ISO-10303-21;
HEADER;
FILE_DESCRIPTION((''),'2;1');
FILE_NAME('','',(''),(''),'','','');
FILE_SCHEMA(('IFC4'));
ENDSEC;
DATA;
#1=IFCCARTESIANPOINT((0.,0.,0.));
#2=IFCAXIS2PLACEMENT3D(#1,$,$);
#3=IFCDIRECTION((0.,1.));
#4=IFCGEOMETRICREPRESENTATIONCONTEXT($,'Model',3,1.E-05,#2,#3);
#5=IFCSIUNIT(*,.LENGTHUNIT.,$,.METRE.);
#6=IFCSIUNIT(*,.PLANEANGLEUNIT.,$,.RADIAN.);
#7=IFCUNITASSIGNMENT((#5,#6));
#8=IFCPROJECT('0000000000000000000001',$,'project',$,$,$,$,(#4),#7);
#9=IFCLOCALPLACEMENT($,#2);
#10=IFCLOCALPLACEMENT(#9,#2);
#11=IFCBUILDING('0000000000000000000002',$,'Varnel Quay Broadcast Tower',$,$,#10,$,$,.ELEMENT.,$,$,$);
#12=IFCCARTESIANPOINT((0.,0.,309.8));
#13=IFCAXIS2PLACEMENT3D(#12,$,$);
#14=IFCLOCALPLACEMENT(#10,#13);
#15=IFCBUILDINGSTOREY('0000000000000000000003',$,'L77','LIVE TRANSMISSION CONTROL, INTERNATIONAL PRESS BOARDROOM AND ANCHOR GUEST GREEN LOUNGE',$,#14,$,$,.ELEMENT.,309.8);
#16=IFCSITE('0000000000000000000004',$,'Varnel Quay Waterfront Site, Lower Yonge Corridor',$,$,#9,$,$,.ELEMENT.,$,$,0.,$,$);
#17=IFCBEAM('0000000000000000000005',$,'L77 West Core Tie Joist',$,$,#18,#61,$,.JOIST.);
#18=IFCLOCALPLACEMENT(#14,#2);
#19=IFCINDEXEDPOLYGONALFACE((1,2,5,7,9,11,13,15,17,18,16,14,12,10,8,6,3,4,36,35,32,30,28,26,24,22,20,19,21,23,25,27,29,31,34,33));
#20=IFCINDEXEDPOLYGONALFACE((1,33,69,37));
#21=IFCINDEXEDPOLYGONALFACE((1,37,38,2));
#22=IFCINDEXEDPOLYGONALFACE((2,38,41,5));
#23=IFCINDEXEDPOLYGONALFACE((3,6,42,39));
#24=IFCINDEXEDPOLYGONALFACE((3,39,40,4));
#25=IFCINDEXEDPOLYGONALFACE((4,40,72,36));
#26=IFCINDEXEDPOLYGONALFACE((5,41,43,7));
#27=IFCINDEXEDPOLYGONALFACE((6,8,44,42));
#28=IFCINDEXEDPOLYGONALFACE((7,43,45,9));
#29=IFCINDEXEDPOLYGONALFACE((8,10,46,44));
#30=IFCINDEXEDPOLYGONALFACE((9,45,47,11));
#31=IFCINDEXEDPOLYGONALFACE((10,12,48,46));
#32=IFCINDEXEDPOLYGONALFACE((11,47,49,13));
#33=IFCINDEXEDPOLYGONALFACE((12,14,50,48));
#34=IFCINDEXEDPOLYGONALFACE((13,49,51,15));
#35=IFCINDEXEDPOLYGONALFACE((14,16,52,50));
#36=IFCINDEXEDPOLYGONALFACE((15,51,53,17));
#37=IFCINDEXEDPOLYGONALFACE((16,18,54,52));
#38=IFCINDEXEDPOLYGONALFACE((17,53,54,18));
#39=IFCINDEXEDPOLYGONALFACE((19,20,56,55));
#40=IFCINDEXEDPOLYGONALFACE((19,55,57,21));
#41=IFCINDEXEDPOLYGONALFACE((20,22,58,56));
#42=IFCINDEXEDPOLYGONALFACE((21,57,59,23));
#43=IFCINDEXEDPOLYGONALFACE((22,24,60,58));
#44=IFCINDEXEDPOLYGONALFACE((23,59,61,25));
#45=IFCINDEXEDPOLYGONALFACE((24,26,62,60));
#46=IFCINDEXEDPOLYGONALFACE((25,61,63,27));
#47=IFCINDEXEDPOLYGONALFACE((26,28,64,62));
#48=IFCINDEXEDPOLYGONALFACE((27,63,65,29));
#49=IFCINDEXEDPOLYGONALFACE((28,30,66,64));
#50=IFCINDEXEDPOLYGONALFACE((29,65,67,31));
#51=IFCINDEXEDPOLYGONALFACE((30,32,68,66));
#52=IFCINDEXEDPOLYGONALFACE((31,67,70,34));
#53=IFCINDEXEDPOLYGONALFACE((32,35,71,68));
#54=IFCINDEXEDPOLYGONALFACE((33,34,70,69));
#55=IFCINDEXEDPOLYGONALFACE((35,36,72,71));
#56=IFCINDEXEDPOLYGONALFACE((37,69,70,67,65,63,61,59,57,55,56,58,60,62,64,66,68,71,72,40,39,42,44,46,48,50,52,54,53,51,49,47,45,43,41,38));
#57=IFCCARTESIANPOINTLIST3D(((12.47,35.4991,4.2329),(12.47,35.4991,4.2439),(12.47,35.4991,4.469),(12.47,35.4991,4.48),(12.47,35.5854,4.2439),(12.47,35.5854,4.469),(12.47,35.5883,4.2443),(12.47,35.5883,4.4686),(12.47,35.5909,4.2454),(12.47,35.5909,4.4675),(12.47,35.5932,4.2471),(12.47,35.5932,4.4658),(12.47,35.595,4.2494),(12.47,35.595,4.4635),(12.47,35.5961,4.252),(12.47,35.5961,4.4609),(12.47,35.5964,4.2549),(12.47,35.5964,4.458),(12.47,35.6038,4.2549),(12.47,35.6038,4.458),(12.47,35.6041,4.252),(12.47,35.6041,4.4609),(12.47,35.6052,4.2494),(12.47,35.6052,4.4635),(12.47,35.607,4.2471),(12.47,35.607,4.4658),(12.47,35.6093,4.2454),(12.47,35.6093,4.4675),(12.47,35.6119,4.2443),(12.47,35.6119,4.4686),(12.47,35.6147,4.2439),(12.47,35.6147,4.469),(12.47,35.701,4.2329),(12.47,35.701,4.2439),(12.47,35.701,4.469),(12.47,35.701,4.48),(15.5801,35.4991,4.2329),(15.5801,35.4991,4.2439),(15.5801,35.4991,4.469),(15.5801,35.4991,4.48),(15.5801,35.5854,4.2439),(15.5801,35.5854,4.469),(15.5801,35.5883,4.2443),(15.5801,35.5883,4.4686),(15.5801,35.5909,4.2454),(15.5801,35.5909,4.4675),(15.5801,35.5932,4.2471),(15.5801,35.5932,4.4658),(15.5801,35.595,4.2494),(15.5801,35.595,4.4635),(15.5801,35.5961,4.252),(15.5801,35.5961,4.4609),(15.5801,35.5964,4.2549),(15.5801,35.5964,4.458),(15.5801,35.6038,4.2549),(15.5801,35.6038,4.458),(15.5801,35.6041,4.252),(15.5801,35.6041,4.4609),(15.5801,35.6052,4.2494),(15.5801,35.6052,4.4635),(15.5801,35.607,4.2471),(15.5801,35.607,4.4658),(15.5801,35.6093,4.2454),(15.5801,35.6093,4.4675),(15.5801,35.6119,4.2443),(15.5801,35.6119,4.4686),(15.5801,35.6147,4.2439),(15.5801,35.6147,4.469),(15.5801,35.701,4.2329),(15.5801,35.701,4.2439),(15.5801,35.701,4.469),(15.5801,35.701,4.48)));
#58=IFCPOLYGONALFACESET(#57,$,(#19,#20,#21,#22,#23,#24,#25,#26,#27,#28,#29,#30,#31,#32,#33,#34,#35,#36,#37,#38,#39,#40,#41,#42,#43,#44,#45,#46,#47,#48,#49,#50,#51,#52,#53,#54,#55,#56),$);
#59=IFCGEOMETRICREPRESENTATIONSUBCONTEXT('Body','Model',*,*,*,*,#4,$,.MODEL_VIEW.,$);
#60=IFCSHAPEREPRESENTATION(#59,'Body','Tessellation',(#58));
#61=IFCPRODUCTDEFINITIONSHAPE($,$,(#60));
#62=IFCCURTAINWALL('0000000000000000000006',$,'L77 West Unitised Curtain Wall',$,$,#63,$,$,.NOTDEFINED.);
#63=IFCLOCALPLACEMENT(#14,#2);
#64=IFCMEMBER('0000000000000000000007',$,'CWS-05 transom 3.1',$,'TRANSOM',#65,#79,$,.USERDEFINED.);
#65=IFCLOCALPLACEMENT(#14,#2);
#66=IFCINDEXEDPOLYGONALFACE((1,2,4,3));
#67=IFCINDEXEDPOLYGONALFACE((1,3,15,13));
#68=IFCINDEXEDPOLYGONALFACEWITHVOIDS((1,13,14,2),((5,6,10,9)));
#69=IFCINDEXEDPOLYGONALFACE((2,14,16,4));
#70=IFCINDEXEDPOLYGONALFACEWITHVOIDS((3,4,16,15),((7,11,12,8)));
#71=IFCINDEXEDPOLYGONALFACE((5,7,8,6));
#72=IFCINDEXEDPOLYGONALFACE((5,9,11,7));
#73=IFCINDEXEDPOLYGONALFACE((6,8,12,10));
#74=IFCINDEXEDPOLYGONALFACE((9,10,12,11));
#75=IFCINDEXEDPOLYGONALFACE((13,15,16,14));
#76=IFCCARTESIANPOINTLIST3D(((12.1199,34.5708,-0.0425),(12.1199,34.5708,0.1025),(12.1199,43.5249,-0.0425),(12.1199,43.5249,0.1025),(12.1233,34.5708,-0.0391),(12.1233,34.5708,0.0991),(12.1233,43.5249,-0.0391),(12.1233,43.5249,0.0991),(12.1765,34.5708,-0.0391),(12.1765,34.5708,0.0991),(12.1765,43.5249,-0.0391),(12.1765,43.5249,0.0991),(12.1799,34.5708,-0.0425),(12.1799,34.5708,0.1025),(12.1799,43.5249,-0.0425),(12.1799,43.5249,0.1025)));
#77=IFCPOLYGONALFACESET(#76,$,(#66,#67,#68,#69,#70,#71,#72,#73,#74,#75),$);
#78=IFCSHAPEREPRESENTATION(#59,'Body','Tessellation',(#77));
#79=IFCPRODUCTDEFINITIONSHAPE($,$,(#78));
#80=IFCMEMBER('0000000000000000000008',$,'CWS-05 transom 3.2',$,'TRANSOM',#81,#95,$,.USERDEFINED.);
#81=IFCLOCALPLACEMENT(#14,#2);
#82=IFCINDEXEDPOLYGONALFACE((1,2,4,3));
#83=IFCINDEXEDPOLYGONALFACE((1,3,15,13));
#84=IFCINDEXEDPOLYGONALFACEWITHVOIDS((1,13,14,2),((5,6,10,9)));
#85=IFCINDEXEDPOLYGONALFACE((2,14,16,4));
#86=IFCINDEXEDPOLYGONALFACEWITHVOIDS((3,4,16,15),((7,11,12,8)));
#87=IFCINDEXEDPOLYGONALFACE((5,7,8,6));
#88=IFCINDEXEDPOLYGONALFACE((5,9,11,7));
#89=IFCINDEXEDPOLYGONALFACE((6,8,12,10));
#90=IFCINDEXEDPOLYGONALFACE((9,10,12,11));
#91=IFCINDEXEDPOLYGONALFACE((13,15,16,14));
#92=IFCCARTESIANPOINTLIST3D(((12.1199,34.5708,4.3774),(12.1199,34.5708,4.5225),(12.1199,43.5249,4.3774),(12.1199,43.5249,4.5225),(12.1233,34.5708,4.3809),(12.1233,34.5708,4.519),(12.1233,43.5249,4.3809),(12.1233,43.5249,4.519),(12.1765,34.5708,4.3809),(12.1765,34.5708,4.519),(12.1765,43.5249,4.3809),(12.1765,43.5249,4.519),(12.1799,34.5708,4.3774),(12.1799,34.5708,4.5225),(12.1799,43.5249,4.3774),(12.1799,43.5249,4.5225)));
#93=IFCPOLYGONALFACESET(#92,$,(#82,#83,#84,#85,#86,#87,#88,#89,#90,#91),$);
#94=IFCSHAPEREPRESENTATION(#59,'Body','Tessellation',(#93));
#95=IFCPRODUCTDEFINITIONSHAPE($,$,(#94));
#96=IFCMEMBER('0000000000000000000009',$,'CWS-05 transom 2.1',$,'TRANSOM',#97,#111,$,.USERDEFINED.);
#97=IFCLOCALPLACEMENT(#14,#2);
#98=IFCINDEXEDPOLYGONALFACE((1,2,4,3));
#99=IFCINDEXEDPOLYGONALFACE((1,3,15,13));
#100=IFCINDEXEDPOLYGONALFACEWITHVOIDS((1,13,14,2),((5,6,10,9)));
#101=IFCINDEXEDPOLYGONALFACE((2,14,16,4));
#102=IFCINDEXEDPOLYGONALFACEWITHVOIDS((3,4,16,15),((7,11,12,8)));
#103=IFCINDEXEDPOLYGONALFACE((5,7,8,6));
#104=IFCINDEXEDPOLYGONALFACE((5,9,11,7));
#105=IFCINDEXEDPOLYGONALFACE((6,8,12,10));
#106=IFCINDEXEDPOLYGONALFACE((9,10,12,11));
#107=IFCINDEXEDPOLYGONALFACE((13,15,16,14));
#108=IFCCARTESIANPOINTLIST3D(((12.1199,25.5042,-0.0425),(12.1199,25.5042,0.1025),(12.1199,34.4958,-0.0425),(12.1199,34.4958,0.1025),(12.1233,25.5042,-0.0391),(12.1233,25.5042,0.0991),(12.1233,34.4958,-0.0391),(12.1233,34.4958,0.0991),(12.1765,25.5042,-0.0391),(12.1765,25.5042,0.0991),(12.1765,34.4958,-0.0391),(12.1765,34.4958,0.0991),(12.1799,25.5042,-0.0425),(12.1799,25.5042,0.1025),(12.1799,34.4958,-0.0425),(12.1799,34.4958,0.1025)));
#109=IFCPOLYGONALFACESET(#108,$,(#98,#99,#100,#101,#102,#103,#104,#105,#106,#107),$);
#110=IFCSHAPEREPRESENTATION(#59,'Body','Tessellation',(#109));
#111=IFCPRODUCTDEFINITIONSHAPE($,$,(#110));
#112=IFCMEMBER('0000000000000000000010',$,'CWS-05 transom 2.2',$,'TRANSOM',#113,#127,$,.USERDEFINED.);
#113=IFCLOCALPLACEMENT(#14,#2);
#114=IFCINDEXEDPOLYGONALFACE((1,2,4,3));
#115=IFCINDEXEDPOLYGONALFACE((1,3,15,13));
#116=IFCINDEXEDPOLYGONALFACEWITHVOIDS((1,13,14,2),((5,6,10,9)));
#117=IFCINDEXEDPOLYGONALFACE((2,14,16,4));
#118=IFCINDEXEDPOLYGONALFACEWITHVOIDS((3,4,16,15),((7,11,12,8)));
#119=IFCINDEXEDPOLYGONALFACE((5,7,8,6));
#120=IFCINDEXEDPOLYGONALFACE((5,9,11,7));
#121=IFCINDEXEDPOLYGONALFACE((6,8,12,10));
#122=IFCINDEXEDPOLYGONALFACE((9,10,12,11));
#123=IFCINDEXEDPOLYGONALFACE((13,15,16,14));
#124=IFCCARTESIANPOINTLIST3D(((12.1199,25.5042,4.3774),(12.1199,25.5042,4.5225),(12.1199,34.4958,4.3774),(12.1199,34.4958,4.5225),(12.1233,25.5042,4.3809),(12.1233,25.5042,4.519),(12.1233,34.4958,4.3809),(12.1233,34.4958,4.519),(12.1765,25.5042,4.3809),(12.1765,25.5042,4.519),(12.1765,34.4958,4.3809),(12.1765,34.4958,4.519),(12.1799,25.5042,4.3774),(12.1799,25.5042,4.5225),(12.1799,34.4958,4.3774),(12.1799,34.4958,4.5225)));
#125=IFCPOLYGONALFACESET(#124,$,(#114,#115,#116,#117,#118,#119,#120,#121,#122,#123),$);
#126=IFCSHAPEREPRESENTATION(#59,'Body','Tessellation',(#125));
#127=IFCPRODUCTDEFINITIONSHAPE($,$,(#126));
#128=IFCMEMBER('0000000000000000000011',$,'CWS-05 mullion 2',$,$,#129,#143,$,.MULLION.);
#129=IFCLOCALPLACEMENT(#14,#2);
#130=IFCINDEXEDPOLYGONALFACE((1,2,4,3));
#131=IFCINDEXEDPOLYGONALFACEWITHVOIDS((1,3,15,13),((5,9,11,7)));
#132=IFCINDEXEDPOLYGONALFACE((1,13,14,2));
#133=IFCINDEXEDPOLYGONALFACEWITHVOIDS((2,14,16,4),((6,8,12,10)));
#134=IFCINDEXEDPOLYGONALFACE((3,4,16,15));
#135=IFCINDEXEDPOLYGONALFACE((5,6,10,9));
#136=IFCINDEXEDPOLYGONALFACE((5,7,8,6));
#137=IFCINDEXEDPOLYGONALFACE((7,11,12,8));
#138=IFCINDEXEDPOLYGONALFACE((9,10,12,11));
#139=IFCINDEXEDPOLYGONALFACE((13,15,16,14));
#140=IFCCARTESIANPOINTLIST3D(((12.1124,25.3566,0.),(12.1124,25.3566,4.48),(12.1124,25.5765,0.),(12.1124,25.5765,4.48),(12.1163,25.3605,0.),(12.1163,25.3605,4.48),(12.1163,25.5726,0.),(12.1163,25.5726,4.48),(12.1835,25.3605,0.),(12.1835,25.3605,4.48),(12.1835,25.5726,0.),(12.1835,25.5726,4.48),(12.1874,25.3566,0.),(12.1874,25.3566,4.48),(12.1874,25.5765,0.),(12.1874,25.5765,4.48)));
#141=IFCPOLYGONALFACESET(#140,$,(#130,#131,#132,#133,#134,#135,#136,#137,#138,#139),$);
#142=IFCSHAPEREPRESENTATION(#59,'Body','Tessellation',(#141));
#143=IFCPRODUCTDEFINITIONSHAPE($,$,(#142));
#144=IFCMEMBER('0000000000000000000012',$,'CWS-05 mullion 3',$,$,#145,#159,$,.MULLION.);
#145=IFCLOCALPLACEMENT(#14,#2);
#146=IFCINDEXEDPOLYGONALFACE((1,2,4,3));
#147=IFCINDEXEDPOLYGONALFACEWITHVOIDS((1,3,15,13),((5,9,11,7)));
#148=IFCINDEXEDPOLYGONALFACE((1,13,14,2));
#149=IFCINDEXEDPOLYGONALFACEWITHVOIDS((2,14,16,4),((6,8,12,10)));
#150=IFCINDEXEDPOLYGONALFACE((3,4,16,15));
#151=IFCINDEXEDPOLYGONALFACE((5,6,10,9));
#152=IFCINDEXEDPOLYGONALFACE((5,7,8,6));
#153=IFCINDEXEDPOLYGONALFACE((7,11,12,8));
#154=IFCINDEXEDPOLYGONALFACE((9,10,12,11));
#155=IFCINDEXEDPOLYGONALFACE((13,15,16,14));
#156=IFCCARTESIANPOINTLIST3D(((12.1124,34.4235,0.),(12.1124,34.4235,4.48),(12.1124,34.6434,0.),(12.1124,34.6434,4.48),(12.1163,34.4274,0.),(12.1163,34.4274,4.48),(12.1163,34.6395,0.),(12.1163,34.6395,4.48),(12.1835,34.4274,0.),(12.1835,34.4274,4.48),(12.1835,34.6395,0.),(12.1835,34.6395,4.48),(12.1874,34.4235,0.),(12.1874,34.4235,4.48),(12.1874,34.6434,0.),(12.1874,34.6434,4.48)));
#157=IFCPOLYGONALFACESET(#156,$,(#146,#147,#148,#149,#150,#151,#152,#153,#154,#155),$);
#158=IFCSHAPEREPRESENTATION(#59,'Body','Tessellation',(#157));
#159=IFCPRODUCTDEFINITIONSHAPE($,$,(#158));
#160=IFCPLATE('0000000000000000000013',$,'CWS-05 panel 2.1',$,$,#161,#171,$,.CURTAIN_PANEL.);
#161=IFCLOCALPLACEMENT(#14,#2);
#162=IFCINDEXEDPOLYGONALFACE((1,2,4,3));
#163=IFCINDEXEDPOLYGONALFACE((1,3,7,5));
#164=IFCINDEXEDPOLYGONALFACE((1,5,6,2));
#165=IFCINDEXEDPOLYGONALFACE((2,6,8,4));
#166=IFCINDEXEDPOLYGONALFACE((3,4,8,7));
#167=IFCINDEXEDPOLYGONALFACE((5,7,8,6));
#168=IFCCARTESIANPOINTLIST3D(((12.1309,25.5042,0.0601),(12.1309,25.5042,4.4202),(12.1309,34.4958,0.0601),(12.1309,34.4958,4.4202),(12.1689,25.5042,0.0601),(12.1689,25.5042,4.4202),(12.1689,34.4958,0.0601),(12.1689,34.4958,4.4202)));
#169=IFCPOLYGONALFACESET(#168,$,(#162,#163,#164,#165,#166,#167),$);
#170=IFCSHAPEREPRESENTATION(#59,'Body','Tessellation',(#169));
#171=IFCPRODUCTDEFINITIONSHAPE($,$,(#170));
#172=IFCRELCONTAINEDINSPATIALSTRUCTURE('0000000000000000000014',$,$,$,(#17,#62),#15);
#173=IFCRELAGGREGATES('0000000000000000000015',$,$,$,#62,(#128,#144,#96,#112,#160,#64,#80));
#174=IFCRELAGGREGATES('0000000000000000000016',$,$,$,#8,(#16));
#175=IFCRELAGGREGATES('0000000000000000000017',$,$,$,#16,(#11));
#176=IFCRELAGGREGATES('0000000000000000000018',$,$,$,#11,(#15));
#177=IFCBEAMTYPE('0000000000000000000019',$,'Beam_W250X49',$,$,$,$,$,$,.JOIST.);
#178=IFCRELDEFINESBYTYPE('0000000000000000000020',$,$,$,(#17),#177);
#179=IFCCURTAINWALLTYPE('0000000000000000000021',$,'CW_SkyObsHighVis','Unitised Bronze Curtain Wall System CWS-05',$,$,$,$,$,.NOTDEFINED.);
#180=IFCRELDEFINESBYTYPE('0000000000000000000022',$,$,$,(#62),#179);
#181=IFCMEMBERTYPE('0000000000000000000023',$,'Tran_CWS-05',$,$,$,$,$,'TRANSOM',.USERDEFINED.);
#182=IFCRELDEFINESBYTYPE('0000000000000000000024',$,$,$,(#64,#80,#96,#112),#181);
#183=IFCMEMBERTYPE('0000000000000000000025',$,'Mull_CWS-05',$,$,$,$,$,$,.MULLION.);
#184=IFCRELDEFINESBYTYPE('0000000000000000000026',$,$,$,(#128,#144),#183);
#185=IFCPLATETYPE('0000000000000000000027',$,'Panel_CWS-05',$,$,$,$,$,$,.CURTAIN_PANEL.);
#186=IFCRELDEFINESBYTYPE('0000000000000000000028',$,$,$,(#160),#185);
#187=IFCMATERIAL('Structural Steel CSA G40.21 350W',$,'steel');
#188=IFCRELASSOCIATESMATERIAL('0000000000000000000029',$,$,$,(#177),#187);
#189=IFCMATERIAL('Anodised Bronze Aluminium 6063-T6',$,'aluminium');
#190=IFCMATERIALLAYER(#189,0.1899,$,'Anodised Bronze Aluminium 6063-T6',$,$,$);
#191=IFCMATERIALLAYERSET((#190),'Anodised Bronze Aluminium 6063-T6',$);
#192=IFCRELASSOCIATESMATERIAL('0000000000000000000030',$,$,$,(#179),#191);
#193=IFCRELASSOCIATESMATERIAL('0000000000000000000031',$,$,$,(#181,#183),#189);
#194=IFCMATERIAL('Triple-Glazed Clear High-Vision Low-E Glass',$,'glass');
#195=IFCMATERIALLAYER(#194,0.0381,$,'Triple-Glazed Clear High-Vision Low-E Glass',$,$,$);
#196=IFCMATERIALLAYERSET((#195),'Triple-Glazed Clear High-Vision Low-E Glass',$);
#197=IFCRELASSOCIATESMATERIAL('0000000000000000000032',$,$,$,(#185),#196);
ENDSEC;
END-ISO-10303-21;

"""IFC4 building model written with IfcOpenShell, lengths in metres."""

from ifc_helpers import new_model, si_unit, direction, frame, origin, origin_2d, place, context, subcontext, project, spatial, rectangle, hollow_rectangle, i_section, extrude, source, transform, mapped, material, layer, layer_set, material_profile, profile_set, type_object, type_shapes, element, aggregate, save


model = new_model("IFC4")

# Units and contexts
model_context = context("Model", 3, precision=1e-05, world=origin(), true_north=direction((0.0, 1.0)))
body_context = subcontext(model_context, "Body", "Model", "MODEL_VIEW")
ifc_project = project(units=[si_unit("LENGTHUNIT", "METRE"), si_unit("PLANEANGLEUNIT", "RADIAN")], contexts=[model_context])

# Site, building, storey
site_placement = place(None, origin())
site = spatial("IfcSite", under=ifc_project, at=site_placement, Name="Varnel Quay Waterfront Site, Lower Yonge Corridor", CompositionType="ELEMENT", RefElevation=0.0)
building_placement = place(site_placement, origin())
building = spatial("IfcBuilding", under=site, at=building_placement, Name="Varnel Quay Broadcast Tower", CompositionType="ELEMENT")
storey_placement = place(building_placement, frame((0.0, 0.0, 309.8)))
storey = spatial("IfcBuildingStorey", under=building, at=storey_placement, Name="L77", Description="LIVE TRANSMISSION CONTROL, INTERNATIONAL PRESS BOARDROOM AND ANCHOR GUEST GREEN LOUNGE", CompositionType="ELEMENT", Elevation=309.8)

# Shared definitions
ifc_material_1 = material(Name="Structural Steel CSA G40.21 350W", Category="steel")

# Beam
ifc_material_profile_1 = material_profile(ifc_material_1, i_section(OverallWidth=0.2019, OverallDepth=0.2471, WebThickness=0.0073, FlangeThickness=0.011, FilletRadius=0.011, at=origin_2d()), Name="W250X49")
ifc_profile_set_1 = profile_set([ifc_material_profile_1], Name="Structural Steel CSA G40.21 350W")
beam_type_1 = type_object("IfcBeamType", Name="Beam_W250X49", PredefinedType="JOIST", material=ifc_profile_set_1)
shared_shape_1 = source(origin(), body_context, "Body", "SweptSolid", [
    extrude(i_section(OverallWidth=0.2019, OverallDepth=0.2471, WebThickness=0.0073, FlangeThickness=0.011, FilletRadius=0.011, at=origin_2d()), origin(), (0.0, 0.0, 1.0), 3.1101),
])
type_shapes(beam_type_1, [shared_shape_1])
beam_1_placement = place(storey_placement, frame((12.47, 35.6001, 4.3564), z_axis=(1.0, 0.0, 0.0), x_axis=(0.0, 1.0, 0.0)))
element("IfcBeam", 1, at=beam_1_placement, inside=storey, type_object=beam_type_1, Name="L77 West Core Tie Joist", PredefinedType="JOIST", context=body_context, shape_type="MappedRepresentation", body=[
    mapped(shared_shape_1, transform((0.0, 0.0, 0.0), x_axis=(1.0, 0.0, 0.0), y_axis=(0.0, 1.0, 0.0), z_axis=(0.0, 0.0, 1.0), scale=1.0)),
])

# Curtain wall, members, plate
ifc_material_2 = material(Name="Anodised Bronze Aluminium 6063-T6", Category="aluminium")
ifc_layer_1 = layer(ifc_material_2, 0.1899, Name="Anodised Bronze Aluminium 6063-T6")
ifc_layer_set_1 = layer_set([ifc_layer_1], Name="Anodised Bronze Aluminium 6063-T6")
curtain_wall_type = type_object("IfcCurtainWallType", Name="CW_SkyObsHighVis", Description="Unitised Bronze Curtain Wall System CWS-05", PredefinedType="NOTDEFINED", material=ifc_layer_set_1)
curtain_wall_placement = place(storey_placement, origin())
curtain_wall = element("IfcCurtainWall", 2, at=curtain_wall_placement, inside=storey, type_object=curtain_wall_type, Name="L77 West Unitised Curtain Wall", PredefinedType="NOTDEFINED")
ifc_material_profile_2 = material_profile(ifc_material_2, hollow_rectangle(XDim=0.0601, YDim=0.145, WallThickness=0.0034, at=origin_2d()), Name="ALU60X145X3.5")
ifc_profile_set_2 = profile_set([ifc_material_profile_2], Name="Anodised Bronze Aluminium 6063-T6")
member_type_1 = type_object("IfcMemberType", Name="Tran_CWS-05", ElementType="TRANSOM", PredefinedType="USERDEFINED", material=ifc_profile_set_2)
shared_shape_2 = source(origin(), body_context, "Body", "SweptSolid", [
    extrude(hollow_rectangle(XDim=0.0601, YDim=0.145, WallThickness=0.0034, at=origin_2d()), origin(), (0.0, 0.0, 1.0), 8.9541),
])
member_1_placement = place(storey_placement, frame((12.1499, 34.5708, 0.03), z_axis=(0.0, 1.0, 0.0), x_axis=(-1.0, 0.0, 0.0)))
member_1 = element("IfcMember", 3, at=member_1_placement, type_object=member_type_1, Name="CWS-05 transom 3.1", ObjectType="TRANSOM", PredefinedType="USERDEFINED", context=body_context, shape_type="MappedRepresentation", body=[
    mapped(shared_shape_2, transform((0.0, 0.0, 0.0), x_axis=(1.0, 0.0, 0.0), y_axis=(0.0, 1.0, 0.0), z_axis=(0.0, 0.0, 1.0), scale=1.0)),
])
member_2_placement = place(storey_placement, frame((12.1499, 34.5708, 4.45), z_axis=(0.0, 1.0, 0.0), x_axis=(-1.0, 0.0, 0.0)))
member_2 = element("IfcMember", 4, at=member_2_placement, type_object=member_type_1, Name="CWS-05 transom 3.2", ObjectType="TRANSOM", PredefinedType="USERDEFINED", context=body_context, shape_type="MappedRepresentation", body=[
    mapped(shared_shape_2, transform((0.0, 0.0, 0.0), x_axis=(1.0, 0.0, 0.0), y_axis=(0.0, 1.0, 0.0), z_axis=(0.0, 0.0, 1.0), scale=1.0)),
])
shared_shape_3 = source(origin(), body_context, "Body", "SweptSolid", [
    extrude(hollow_rectangle(XDim=0.0601, YDim=0.145, WallThickness=0.0034, at=origin_2d()), origin(), (0.0, 0.0, 1.0), 8.9917),
])
type_shapes(member_type_1, [shared_shape_2, shared_shape_3])
member_3_placement = place(storey_placement, frame((12.1499, 25.5042, 0.03), z_axis=(0.0, 1.0, 0.0), x_axis=(-1.0, 0.0, 0.0)))
member_3 = element("IfcMember", 5, at=member_3_placement, type_object=member_type_1, Name="CWS-05 transom 2.1", ObjectType="TRANSOM", PredefinedType="USERDEFINED", context=body_context, shape_type="MappedRepresentation", body=[
    mapped(shared_shape_3, transform((0.0, 0.0, 0.0), x_axis=(1.0, 0.0, 0.0), y_axis=(0.0, 1.0, 0.0), z_axis=(0.0, 0.0, 1.0), scale=1.0)),
])
member_4_placement = place(storey_placement, frame((12.1499, 25.5042, 4.45), z_axis=(0.0, 1.0, 0.0), x_axis=(-1.0, 0.0, 0.0)))
member_4 = element("IfcMember", 6, at=member_4_placement, type_object=member_type_1, Name="CWS-05 transom 2.2", ObjectType="TRANSOM", PredefinedType="USERDEFINED", context=body_context, shape_type="MappedRepresentation", body=[
    mapped(shared_shape_3, transform((0.0, 0.0, 0.0), x_axis=(1.0, 0.0, 0.0), y_axis=(0.0, 1.0, 0.0), z_axis=(0.0, 0.0, 1.0), scale=1.0)),
])
ifc_material_profile_3 = material_profile(ifc_material_2, hollow_rectangle(XDim=0.075, YDim=0.22, WallThickness=0.0039, at=origin_2d()), Name="ALU75X220X4")
ifc_profile_set_3 = profile_set([ifc_material_profile_3], Name="Anodised Bronze Aluminium 6063-T6")
member_type_2 = type_object("IfcMemberType", Name="Mull_CWS-05", PredefinedType="MULLION", material=ifc_profile_set_3)
shared_shape_4 = source(origin(), body_context, "Body", "SweptSolid", [
    extrude(hollow_rectangle(XDim=0.075, YDim=0.22, WallThickness=0.0039, at=origin_2d()), origin(), (0.0, 0.0, 1.0), 4.48),
])
type_shapes(member_type_2, [shared_shape_4])
member_5_placement = place(storey_placement, frame((12.1499, 25.4666, 0.0), z_axis=(0.0, 0.0, 1.0), x_axis=(-1.0, 0.0, 0.0)))
member_5 = element("IfcMember", 7, at=member_5_placement, type_object=member_type_2, Name="CWS-05 mullion 2", PredefinedType="MULLION", context=body_context, shape_type="MappedRepresentation", body=[
    mapped(shared_shape_4, transform((0.0, 0.0, 0.0), x_axis=(1.0, 0.0, 0.0), y_axis=(0.0, 1.0, 0.0), z_axis=(0.0, 0.0, 1.0), scale=1.0)),
])
member_6_placement = place(storey_placement, frame((12.1499, 34.5334, 0.0), z_axis=(0.0, 0.0, 1.0), x_axis=(-1.0, 0.0, 0.0)))
member_6 = element("IfcMember", 8, at=member_6_placement, type_object=member_type_2, Name="CWS-05 mullion 3", PredefinedType="MULLION", context=body_context, shape_type="MappedRepresentation", body=[
    mapped(shared_shape_4, transform((0.0, 0.0, 0.0), x_axis=(1.0, 0.0, 0.0), y_axis=(0.0, 1.0, 0.0), z_axis=(0.0, 0.0, 1.0), scale=1.0)),
])
ifc_material_3 = material(Name="Triple-Glazed Clear High-Vision Low-E Glass", Category="glass")
ifc_layer_2 = layer(ifc_material_3, 0.0381, Name="Triple-Glazed Clear High-Vision Low-E Glass")
ifc_layer_set_2 = layer_set([ifc_layer_2], Name="Triple-Glazed Clear High-Vision Low-E Glass")
plate_type = type_object("IfcPlateType", Name="Panel_CWS-05", PredefinedType="CURTAIN_PANEL", material=ifc_layer_set_2)
shared_shape_5 = source(origin(), body_context, "Body", "SweptSolid", [
    extrude(rectangle(XDim=8.9917, YDim=0.0381, at=origin_2d()), origin(), (0.0, 0.0, 1.0), 4.3601),
])
type_shapes(plate_type, [shared_shape_5])
plate_placement = place(storey_placement, frame((12.1499, 30.0, 0.0601), z_axis=(0.0, 0.0, 1.0), x_axis=(0.0, 1.0, 0.0)))
plate = element("IfcPlate", 9, at=plate_placement, type_object=plate_type, Name="CWS-05 panel 2.1", PredefinedType="CURTAIN_PANEL", context=body_context, shape_type="MappedRepresentation", body=[
    mapped(shared_shape_5, transform((0.0, 0.0, 0.0), x_axis=(1.0, 0.0, 0.0), y_axis=(0.0, 1.0, 0.0), z_axis=(0.0, 0.0, 1.0), scale=1.0)),
])
aggregate(curtain_wall, [member_5, member_6, member_3, member_4, plate, member_1, member_2])

save(model, "model.ifc")
